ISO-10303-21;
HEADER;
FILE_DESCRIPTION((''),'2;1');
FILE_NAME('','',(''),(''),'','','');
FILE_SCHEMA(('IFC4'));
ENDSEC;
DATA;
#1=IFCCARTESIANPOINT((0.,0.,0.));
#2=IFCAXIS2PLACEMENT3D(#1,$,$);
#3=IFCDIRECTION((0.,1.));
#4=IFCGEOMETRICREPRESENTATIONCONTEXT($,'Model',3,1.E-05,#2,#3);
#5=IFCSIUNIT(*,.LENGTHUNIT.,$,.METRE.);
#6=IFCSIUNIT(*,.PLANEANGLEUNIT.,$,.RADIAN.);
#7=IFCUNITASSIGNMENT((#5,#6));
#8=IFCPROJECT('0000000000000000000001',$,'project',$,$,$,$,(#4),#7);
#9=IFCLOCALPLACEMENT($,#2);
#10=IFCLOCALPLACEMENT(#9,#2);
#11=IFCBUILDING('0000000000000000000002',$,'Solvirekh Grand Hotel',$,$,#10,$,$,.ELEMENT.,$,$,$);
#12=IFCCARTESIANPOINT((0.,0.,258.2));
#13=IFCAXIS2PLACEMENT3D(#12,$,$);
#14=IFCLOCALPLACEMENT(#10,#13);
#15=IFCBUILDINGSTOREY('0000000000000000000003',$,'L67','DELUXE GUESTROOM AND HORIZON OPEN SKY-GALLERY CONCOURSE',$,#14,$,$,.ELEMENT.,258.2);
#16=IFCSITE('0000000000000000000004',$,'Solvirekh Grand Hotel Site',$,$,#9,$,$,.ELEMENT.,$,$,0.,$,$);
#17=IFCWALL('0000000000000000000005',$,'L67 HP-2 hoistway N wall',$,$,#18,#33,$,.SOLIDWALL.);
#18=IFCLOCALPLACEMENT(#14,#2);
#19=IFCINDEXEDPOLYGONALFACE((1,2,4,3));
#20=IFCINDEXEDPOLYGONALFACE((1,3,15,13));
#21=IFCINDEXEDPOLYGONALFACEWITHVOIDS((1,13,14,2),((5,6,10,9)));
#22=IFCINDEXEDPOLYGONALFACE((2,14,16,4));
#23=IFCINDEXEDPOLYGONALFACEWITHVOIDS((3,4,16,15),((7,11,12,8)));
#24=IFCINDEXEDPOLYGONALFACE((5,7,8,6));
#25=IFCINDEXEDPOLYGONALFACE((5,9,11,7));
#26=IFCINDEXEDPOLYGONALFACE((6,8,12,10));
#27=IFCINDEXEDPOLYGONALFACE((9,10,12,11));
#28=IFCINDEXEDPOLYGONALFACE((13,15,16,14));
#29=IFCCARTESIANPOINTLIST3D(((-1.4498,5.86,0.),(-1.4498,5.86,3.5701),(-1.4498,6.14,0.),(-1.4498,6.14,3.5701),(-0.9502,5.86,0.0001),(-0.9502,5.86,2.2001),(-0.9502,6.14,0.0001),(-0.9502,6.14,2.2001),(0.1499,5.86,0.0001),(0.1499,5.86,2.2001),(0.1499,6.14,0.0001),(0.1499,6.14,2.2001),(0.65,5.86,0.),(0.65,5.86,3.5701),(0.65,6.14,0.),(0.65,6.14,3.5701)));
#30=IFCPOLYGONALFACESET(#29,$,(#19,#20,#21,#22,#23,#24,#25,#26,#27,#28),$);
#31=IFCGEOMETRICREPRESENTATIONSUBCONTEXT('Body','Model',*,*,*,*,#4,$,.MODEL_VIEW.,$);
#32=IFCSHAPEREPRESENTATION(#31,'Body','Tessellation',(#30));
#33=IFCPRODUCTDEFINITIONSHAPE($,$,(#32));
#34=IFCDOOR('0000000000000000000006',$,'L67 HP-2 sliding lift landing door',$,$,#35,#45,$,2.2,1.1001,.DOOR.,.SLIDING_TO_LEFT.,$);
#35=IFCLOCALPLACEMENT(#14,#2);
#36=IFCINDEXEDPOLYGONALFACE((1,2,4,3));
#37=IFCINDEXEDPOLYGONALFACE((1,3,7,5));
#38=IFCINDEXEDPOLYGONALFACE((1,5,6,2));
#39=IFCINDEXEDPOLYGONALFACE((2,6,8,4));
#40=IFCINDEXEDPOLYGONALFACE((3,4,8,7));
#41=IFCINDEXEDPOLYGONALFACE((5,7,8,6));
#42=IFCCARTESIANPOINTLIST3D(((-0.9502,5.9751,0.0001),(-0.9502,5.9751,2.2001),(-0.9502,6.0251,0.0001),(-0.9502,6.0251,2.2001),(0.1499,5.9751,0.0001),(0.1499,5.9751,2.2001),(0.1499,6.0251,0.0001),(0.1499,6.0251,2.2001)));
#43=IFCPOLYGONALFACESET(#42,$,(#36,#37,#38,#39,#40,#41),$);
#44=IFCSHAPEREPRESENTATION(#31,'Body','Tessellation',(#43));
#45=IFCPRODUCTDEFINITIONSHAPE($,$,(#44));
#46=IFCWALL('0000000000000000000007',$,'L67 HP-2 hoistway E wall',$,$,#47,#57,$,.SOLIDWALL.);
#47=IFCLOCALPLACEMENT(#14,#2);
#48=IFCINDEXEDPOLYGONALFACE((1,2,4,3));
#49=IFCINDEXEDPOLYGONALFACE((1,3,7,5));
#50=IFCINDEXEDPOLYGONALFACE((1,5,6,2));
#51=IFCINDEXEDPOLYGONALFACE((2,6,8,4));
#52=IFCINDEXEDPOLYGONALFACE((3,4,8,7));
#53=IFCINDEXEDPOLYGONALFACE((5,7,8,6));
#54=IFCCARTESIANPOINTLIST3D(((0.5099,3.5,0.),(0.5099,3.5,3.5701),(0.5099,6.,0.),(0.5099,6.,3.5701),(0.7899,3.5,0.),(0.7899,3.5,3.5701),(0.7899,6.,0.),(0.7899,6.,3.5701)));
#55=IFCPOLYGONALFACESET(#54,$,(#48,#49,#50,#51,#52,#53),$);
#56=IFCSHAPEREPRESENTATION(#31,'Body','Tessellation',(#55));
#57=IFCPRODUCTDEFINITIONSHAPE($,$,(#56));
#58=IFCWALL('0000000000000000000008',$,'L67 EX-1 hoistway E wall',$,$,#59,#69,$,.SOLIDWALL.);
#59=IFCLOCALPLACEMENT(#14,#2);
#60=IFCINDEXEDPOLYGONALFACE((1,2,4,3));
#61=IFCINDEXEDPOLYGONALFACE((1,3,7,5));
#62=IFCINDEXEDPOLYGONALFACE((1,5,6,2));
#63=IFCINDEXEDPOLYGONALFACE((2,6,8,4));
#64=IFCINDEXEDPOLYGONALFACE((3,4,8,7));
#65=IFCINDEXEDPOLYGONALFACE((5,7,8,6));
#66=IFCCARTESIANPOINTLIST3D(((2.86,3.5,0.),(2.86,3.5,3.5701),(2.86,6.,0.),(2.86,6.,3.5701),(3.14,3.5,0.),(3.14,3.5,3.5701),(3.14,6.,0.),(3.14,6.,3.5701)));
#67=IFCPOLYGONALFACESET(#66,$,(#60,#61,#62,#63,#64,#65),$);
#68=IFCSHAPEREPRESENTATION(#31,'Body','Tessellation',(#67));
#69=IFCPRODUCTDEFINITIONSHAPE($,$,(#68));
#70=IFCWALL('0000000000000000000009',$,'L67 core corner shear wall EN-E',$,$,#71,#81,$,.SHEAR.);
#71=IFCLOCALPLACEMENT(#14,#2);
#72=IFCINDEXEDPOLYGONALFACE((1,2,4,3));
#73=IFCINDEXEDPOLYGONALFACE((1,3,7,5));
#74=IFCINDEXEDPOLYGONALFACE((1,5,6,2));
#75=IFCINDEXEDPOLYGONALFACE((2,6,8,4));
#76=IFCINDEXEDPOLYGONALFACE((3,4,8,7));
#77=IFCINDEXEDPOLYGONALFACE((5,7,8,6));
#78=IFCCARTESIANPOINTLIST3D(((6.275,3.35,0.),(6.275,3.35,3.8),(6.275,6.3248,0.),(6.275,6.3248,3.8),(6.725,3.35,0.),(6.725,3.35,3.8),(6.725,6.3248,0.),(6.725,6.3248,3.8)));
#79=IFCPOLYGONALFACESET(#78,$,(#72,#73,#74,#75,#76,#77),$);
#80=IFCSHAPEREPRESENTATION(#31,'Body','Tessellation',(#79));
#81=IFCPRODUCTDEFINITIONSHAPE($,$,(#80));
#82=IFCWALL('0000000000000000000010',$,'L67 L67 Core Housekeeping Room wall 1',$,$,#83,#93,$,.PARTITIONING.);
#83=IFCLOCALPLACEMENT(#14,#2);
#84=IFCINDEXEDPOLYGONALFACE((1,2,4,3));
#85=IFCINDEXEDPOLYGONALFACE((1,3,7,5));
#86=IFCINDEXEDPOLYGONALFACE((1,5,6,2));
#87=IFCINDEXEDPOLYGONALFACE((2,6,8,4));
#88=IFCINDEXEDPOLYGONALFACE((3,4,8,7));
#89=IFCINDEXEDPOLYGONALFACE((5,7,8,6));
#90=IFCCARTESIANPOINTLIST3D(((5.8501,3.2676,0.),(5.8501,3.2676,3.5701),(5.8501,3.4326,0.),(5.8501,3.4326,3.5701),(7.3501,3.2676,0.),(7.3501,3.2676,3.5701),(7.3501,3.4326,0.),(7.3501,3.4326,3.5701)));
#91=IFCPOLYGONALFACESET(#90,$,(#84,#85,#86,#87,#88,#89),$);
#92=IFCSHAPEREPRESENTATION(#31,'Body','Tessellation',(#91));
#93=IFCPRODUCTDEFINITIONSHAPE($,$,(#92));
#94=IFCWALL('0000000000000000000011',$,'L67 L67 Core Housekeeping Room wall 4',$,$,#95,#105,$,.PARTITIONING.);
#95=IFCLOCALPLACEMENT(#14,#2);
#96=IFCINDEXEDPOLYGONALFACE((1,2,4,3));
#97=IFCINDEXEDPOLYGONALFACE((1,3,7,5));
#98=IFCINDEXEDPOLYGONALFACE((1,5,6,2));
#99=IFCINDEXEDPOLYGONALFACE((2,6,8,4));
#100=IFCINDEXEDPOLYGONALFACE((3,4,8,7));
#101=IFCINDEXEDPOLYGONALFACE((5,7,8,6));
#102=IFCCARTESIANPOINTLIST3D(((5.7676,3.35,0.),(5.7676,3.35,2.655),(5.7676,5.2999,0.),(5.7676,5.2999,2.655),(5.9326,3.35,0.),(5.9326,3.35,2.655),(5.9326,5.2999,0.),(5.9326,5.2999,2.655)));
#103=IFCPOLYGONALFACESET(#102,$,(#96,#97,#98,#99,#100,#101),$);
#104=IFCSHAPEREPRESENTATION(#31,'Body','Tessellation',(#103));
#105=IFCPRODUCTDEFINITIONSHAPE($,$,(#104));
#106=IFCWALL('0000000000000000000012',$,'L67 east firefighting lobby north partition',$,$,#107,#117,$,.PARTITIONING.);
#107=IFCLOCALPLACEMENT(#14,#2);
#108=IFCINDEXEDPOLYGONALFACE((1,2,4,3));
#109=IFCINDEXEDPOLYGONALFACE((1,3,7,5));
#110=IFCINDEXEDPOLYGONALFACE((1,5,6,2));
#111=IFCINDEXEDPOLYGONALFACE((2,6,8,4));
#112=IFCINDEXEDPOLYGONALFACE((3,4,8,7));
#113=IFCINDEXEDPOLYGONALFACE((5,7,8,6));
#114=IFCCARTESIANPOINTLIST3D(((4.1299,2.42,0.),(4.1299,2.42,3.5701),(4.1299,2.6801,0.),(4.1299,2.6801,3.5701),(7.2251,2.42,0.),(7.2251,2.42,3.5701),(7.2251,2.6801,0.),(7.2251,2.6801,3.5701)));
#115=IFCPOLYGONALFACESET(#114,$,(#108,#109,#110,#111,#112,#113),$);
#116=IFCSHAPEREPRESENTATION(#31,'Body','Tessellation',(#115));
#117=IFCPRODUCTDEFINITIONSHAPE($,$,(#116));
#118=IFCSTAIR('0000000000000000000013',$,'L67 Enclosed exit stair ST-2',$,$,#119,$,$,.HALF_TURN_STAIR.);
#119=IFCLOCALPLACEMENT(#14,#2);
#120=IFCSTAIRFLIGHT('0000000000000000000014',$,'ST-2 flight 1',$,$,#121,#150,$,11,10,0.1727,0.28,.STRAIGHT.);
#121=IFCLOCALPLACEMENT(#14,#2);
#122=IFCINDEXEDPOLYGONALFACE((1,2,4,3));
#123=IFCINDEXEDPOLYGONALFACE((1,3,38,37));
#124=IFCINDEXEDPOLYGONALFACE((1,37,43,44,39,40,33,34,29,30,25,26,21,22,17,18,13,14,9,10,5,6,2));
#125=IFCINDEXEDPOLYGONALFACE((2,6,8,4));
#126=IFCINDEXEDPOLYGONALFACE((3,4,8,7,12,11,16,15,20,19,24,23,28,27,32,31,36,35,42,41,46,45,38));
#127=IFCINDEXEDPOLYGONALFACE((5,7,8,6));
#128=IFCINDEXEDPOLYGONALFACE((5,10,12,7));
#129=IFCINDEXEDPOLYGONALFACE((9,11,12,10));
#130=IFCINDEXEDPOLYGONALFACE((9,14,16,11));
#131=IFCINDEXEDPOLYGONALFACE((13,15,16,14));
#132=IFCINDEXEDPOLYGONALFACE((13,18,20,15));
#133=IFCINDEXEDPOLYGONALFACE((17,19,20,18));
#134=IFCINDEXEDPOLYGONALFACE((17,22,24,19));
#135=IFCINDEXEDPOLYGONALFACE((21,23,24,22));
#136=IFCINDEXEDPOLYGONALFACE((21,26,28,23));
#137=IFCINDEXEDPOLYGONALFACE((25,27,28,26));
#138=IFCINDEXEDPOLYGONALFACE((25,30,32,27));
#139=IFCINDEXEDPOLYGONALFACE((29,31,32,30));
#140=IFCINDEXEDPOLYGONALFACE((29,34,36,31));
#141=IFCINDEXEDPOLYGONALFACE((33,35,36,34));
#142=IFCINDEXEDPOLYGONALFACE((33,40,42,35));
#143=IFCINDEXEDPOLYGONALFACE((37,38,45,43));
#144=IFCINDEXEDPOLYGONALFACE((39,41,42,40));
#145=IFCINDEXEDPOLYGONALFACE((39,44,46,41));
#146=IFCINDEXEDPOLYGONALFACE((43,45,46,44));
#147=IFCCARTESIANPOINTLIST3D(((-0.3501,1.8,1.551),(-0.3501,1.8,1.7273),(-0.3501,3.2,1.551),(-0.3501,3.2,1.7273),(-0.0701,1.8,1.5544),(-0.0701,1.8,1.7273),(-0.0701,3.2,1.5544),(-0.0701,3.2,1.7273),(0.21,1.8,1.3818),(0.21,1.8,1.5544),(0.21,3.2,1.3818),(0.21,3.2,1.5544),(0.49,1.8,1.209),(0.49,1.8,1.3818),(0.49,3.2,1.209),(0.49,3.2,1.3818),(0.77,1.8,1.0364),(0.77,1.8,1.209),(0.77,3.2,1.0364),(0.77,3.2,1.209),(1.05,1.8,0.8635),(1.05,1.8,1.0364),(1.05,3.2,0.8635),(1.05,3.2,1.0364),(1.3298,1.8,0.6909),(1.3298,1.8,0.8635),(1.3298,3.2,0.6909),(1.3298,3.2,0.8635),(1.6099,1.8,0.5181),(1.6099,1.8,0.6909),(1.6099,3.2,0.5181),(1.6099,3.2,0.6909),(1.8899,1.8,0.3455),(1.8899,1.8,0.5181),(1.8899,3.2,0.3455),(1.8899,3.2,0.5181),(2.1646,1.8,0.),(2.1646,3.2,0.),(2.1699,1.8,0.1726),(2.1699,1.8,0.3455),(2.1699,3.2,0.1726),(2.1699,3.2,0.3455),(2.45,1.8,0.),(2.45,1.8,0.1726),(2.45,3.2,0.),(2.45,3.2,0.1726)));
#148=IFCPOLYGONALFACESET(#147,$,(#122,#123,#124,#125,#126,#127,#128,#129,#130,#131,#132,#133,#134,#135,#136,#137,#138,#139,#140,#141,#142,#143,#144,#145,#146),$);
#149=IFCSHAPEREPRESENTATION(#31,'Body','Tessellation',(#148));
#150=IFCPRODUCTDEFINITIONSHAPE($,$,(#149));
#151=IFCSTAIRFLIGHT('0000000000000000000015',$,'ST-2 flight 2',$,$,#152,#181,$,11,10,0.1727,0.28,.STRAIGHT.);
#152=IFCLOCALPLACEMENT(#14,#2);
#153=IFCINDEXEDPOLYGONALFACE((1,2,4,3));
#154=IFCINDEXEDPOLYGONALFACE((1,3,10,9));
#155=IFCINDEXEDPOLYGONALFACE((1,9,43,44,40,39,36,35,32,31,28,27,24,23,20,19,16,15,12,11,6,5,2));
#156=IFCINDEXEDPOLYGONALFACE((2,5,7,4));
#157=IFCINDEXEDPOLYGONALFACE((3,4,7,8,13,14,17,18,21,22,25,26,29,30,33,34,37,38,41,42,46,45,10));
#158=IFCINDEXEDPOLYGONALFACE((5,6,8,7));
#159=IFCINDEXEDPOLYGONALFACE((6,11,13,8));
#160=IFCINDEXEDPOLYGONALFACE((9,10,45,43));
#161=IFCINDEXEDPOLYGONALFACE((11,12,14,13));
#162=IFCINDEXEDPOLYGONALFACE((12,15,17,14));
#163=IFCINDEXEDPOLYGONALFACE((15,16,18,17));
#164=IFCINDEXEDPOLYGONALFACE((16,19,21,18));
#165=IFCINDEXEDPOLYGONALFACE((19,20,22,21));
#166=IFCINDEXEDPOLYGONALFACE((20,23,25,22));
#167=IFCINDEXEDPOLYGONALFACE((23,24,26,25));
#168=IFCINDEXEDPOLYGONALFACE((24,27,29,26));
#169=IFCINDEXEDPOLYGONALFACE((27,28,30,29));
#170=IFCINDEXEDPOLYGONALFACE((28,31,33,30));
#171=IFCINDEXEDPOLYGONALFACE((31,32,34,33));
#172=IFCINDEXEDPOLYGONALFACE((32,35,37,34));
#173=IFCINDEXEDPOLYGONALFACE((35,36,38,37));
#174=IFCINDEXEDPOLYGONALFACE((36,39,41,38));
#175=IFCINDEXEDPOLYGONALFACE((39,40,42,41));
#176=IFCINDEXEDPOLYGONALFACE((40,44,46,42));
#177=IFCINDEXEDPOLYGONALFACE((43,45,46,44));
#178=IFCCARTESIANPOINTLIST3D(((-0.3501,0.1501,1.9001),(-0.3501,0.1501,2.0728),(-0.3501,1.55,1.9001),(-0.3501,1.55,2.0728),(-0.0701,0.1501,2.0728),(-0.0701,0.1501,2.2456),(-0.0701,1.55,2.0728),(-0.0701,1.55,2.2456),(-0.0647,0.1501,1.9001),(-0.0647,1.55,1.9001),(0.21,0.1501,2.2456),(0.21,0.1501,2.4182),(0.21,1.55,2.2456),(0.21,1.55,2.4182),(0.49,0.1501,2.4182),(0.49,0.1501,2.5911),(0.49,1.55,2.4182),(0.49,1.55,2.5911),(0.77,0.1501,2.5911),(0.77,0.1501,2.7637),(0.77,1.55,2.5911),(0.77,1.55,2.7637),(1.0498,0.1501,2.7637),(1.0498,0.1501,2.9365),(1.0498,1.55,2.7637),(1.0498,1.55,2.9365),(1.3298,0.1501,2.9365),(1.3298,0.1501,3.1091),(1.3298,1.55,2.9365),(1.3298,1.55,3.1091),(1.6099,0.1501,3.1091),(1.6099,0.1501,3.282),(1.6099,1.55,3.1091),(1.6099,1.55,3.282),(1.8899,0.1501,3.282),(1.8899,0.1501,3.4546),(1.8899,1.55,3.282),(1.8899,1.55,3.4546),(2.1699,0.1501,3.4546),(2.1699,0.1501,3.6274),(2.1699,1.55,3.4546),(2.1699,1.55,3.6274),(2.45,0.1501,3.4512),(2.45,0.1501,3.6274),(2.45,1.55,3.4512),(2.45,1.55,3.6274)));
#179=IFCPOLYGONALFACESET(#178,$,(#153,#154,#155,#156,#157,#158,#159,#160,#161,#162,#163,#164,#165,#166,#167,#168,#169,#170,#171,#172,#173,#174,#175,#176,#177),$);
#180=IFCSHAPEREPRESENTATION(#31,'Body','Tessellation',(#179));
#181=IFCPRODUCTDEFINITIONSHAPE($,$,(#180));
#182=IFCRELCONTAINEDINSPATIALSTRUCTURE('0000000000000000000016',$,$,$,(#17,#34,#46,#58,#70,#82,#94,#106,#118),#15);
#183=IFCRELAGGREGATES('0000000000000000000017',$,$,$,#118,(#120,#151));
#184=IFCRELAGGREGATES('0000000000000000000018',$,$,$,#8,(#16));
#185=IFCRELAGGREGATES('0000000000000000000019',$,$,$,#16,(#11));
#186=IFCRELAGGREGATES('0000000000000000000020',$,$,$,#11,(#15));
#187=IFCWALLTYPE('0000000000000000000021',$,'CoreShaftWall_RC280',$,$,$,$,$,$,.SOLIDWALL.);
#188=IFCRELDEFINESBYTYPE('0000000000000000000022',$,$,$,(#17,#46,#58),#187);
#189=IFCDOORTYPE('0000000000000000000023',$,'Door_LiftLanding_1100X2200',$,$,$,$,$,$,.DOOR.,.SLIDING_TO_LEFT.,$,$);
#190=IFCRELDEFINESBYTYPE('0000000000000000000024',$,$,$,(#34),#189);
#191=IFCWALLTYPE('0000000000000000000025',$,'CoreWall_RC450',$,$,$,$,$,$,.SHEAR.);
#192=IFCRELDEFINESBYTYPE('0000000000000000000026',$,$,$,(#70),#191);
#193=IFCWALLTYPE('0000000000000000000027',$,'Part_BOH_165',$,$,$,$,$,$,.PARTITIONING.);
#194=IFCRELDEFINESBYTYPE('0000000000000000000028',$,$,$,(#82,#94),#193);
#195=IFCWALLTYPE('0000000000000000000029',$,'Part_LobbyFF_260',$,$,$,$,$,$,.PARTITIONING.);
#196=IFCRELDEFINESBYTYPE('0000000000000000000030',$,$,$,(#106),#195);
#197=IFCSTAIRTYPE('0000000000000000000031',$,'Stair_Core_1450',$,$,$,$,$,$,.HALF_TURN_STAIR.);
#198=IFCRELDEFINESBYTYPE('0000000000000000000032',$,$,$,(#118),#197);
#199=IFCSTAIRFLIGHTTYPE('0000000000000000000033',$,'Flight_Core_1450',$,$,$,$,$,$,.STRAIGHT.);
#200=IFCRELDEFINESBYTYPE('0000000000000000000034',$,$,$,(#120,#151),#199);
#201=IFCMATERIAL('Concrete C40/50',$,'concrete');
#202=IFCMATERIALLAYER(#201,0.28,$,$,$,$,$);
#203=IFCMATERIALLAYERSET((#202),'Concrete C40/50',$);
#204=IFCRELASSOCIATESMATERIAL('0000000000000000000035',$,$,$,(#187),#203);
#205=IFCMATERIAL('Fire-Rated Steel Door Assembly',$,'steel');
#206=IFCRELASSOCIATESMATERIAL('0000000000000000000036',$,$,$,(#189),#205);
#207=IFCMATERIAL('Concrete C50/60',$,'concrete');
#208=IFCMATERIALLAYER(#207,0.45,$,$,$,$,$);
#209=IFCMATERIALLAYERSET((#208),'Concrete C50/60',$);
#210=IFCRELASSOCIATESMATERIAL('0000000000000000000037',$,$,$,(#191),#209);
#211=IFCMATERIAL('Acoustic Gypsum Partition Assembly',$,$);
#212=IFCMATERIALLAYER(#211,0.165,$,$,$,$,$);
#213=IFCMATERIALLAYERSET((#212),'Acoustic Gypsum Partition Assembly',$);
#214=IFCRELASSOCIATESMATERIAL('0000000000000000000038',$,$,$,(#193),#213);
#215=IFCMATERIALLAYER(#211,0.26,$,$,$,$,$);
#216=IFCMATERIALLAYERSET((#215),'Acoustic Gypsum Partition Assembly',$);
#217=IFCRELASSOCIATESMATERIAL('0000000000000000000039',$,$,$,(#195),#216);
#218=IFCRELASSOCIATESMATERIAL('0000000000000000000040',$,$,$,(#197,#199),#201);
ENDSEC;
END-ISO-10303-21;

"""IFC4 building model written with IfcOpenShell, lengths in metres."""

from ifc_helpers import new_model, si_unit, direction, frame, frame_2d, origin, place, context, subcontext, project, spatial, polyline, rectangle, outline, extrude, material, layer, layer_set, type_object, element, fill, aggregate, save


model = new_model("IFC4")

# Units and contexts
model_context = context("Model", 3, precision=1e-05, world=origin(), true_north=direction((0.0, 1.0)))
body_context = subcontext(model_context, "Body", "Model", "MODEL_VIEW")
ifc_project = project(units=[si_unit("LENGTHUNIT", "METRE"), si_unit("PLANEANGLEUNIT", "RADIAN")], contexts=[model_context])

# Site, building, storey
site_placement = place(None, origin())
site = spatial("IfcSite", under=ifc_project, at=site_placement, Name="Solvirekh Grand Hotel Site", CompositionType="ELEMENT", RefElevation=0.0)
building_placement = place(site_placement, origin())
building = spatial("IfcBuilding", under=site, at=building_placement, Name="Solvirekh Grand Hotel", CompositionType="ELEMENT")
storey_placement = place(building_placement, frame((0.0, 0.0, 258.2)))
storey = spatial("IfcBuildingStorey", under=building, at=storey_placement, Name="L67", Description="DELUXE GUESTROOM AND HORIZON OPEN SKY-GALLERY CONCOURSE", CompositionType="ELEMENT", Elevation=258.2)

# Wall, opening, door
ifc_material_1 = material(Name="Concrete C40/50", Category="concrete")
ifc_layer_1 = layer(ifc_material_1, 0.28)
ifc_layer_set_1 = layer_set([ifc_layer_1], Name="Concrete C40/50")
wall_type_1 = type_object("IfcWallType", Name="CoreShaftWall_RC280", PredefinedType="SOLIDWALL", material=ifc_layer_set_1)
wall_1_placement = place(storey_placement, frame((0.6499, 6.0, 0.0), z_axis=(0.0, 0.0, 1.0), x_axis=(-1.0, 0.0, 0.0)))
wall_1 = element("IfcWall", 1, at=wall_1_placement, inside=storey, type_object=wall_type_1, Name="L67 HP-2 hoistway N wall", PredefinedType="SOLIDWALL", context=body_context, shape_type="SweptSolid", body=[
    extrude(rectangle(XDim=2.0999, YDim=0.28, at=frame_2d((1.0498, 0.0))), origin(), (0.0, 0.0, 1.0), 3.5701),
])
opening_placement = place(wall_1_placement, frame((0.5, 0.0, 0.0)))
opening = element("IfcOpeningElement", 2, at=opening_placement, cuts=wall_1, PredefinedType="OPENING", context=body_context, shape_type="SweptSolid", body=[
    extrude(rectangle(XDim=1.1001, YDim=2.2, at=frame_2d((0.55, 1.1001))), frame((0.0, 0.1499, 0.0), z_axis=(0.0, -1.0, 0.0), x_axis=(1.0, 0.0, 0.0)), (0.0, 0.0, 1.0), 0.3),
])
ifc_material_2 = material(Name="Fire-Rated Steel Door Assembly", Category="steel")
door_type = type_object("IfcDoorType", Name="Door_LiftLanding_1100X2200", OperationType="SLIDING_TO_LEFT", PredefinedType="DOOR", material=ifc_material_2)
door_placement = place(opening_placement, origin())
door = element("IfcDoor", 3, at=door_placement, inside=storey, type_object=door_type, Name="L67 HP-2 sliding lift landing door", OperationType="SLIDING_TO_LEFT", OverallHeight=2.2, OverallWidth=1.1001, PredefinedType="DOOR", context=body_context, shape_type="SweptSolid", body=[
    extrude(rectangle(XDim=1.1001, YDim=2.2, at=frame_2d((0.55, 1.1001))), frame((0.0, 0.0249, 0.0), z_axis=(0.0, -1.0, 0.0), x_axis=(1.0, 0.0, 0.0)), (0.0, 0.0, 1.0), 0.05),
])
fill(opening, door)

# Walls
for number, where, z_axis, x_axis, name in (
    (4, (0.6499, 3.5, 0.0), (0.0, 0.0, 1.0), (0.0, 1.0, 0.0), "L67 HP-2 hoistway E wall"),
    (5, (3.0, 3.5, 0.0), (0.0, 0.0, 1.0), (0.0, 1.0, 0.0), "L67 EX-1 hoistway E wall"),
):
    element("IfcWall", number, at=place(storey_placement, frame(where, z_axis=z_axis, x_axis=x_axis)), inside=storey, type_object=wall_type_1, Name=name, PredefinedType="SOLIDWALL", context=body_context, shape_type="SweptSolid", body=[
        extrude(rectangle(XDim=2.5, YDim=0.28, at=frame_2d((1.25, 0.0))), origin(), (0.0, 0.0, 1.0), 3.5701),
    ])
ifc_material_3 = material(Name="Concrete C50/60", Category="concrete")
ifc_layer_2 = layer(ifc_material_3, 0.45)
ifc_layer_set_2 = layer_set([ifc_layer_2], Name="Concrete C50/60")
wall_type_2 = type_object("IfcWallType", Name="CoreWall_RC450", PredefinedType="SHEAR", material=ifc_layer_set_2)
wall_2_placement = place(storey_placement, frame((6.5, 3.3501, 0.0), z_axis=(0.0, 0.0, 1.0), x_axis=(0.0, 1.0, 0.0)))
element("IfcWall", 6, at=wall_2_placement, inside=storey, type_object=wall_type_2, Name="L67 core corner shear wall EN-E", PredefinedType="SHEAR", context=body_context, shape_type="SweptSolid", body=[
    extrude(rectangle(XDim=2.9749, YDim=0.45, at=frame_2d((1.4873, 0.0))), origin(), (0.0, 0.0, 1.0), 3.8),
])
ifc_material_4 = material(Name="Acoustic Gypsum Partition Assembly")
ifc_layer_3 = layer(ifc_material_4, 0.165)
ifc_layer_set_3 = layer_set([ifc_layer_3], Name="Acoustic Gypsum Partition Assembly")
wall_type_3 = type_object("IfcWallType", Name="Part_BOH_165", PredefinedType="PARTITIONING", material=ifc_layer_set_3)
wall_3_placement = place(storey_placement, frame((5.8501, 3.3501, 0.0), z_axis=(0.0, 0.0, 1.0), x_axis=(1.0, 0.0, 0.0)))
element("IfcWall", 7, at=wall_3_placement, inside=storey, type_object=wall_type_3, Name="L67 L67 Core Housekeeping Room wall 1", PredefinedType="PARTITIONING", context=body_context, shape_type="SweptSolid", body=[
    extrude(rectangle(XDim=1.5, YDim=0.165, at=frame_2d((0.75, 0.0))), origin(), (0.0, 0.0, 1.0), 3.5701),
])
wall_4_placement = place(storey_placement, frame((5.8501, 5.3, 0.0), z_axis=(0.0, 0.0, 1.0), x_axis=(0.0, -1.0, 0.0)))
element("IfcWall", 8, at=wall_4_placement, inside=storey, type_object=wall_type_3, Name="L67 L67 Core Housekeeping Room wall 4", PredefinedType="PARTITIONING", context=body_context, shape_type="SweptSolid", body=[
    extrude(rectangle(XDim=1.95, YDim=0.165, at=frame_2d((0.9751, 0.0))), origin(), (0.0, 0.0, 1.0), 2.655),
])
ifc_layer_4 = layer(ifc_material_4, 0.26)
ifc_layer_set_4 = layer_set([ifc_layer_4], Name="Acoustic Gypsum Partition Assembly")
wall_type_4 = type_object("IfcWallType", Name="Part_LobbyFF_260", PredefinedType="PARTITIONING", material=ifc_layer_set_4)
wall_5_placement = place(storey_placement, frame((4.1299, 2.55, 0.0), z_axis=(0.0, 0.0, 1.0), x_axis=(1.0, 0.0, 0.0)))
element("IfcWall", 9, at=wall_5_placement, inside=storey, type_object=wall_type_4, Name="L67 east firefighting lobby north partition", PredefinedType="PARTITIONING", context=body_context, shape_type="SweptSolid", body=[
    extrude(rectangle(XDim=3.0952, YDim=0.26, at=frame_2d((1.5476, 0.0))), origin(), (0.0, 0.0, 1.0), 3.5701),
])

# Stair, stair flights
stair_type = type_object("IfcStairType", Name="Stair_Core_1450", PredefinedType="HALF_TURN_STAIR", material=ifc_material_1)
stair_placement = place(storey_placement, origin())
stair = element("IfcStair", 10, at=stair_placement, inside=storey, type_object=stair_type, Name="L67 Enclosed exit stair ST-2", PredefinedType="HALF_TURN_STAIR")
stair_flight_type = type_object("IfcStairFlightType", Name="Flight_Core_1450", PredefinedType="STRAIGHT", material=ifc_material_1)
stair_flight_1_placement = place(storey_placement, frame((2.45, 2.5, 0.0), z_axis=(0.0, 0.0, 1.0), x_axis=(-1.0, 0.0, 0.0)))
stair_flight_1 = element("IfcStairFlight", 11, at=stair_flight_1_placement, type_object=stair_flight_type, Name="ST-2 flight 1", NumberOfRisers=11, NumberOfTreads=10, PredefinedType="STRAIGHT", RiserHeight=0.1727, TreadLength=0.28, context=body_context, shape_type="SweptSolid", body=[
    extrude(outline(polyline([(0.0, 0.0), (0.0, 0.1726), (0.28, 0.1726), (0.28, 0.3455), (0.5601, 0.3455), (0.5601, 0.5181), (0.8401, 0.5181), (0.8401, 0.6909), (1.1201, 0.6909), (1.1201, 0.8635), (1.3999, 0.8635), (1.3999, 1.0364), (1.6799, 1.0364), (1.6799, 1.209), (1.96, 1.209), (1.96, 1.3818), (2.24, 1.3818), (2.24, 1.5544), (2.52, 1.5544), (2.52, 1.7273), (2.8, 1.7273), (2.8, 1.8999), (2.8, 1.551), (0.2854, 0.0), (0.0, 0.0)])), frame((0.0, 0.7, 0.0), z_axis=(0.0, -1.0, 0.0), x_axis=(1.0, 0.0, 0.0)), (0.0, 0.0, 1.0), 1.3999),
])
stair_flight_2_placement = place(storey_placement, frame((-0.3501, 0.8501, 1.9001), z_axis=(0.0, 0.0, 1.0), x_axis=(1.0, 0.0, 0.0)))
stair_flight_2 = element("IfcStairFlight", 12, at=stair_flight_2_placement, type_object=stair_flight_type, Name="ST-2 flight 2", NumberOfRisers=11, NumberOfTreads=10, PredefinedType="STRAIGHT", RiserHeight=0.1727, TreadLength=0.28, context=body_context, shape_type="SweptSolid", body=[
    extrude(outline(polyline([(0.0, 0.0), (0.0, 0.1726), (0.28, 0.1726), (0.28, 0.3455), (0.5601, 0.3455), (0.5601, 0.5181), (0.8401, 0.5181), (0.8401, 0.6909), (1.1201, 0.6909), (1.1201, 0.8635), (1.3999, 0.8635), (1.3999, 1.0364), (1.6799, 1.0364), (1.6799, 1.209), (1.96, 1.209), (1.96, 1.3818), (2.24, 1.3818), (2.24, 1.5544), (2.52, 1.5544), (2.52, 1.7273), (2.8, 1.7273), (2.8, 1.8999), (2.8, 1.551), (0.2854, 0.0), (0.0, 0.0)])), frame((0.0, 0.7, 0.0), z_axis=(0.0, -1.0, 0.0), x_axis=(1.0, 0.0, 0.0)), (0.0, 0.0, 1.0), 1.3999),
])
aggregate(stair, [stair_flight_1, stair_flight_2])

save(model, "model.ifc")
